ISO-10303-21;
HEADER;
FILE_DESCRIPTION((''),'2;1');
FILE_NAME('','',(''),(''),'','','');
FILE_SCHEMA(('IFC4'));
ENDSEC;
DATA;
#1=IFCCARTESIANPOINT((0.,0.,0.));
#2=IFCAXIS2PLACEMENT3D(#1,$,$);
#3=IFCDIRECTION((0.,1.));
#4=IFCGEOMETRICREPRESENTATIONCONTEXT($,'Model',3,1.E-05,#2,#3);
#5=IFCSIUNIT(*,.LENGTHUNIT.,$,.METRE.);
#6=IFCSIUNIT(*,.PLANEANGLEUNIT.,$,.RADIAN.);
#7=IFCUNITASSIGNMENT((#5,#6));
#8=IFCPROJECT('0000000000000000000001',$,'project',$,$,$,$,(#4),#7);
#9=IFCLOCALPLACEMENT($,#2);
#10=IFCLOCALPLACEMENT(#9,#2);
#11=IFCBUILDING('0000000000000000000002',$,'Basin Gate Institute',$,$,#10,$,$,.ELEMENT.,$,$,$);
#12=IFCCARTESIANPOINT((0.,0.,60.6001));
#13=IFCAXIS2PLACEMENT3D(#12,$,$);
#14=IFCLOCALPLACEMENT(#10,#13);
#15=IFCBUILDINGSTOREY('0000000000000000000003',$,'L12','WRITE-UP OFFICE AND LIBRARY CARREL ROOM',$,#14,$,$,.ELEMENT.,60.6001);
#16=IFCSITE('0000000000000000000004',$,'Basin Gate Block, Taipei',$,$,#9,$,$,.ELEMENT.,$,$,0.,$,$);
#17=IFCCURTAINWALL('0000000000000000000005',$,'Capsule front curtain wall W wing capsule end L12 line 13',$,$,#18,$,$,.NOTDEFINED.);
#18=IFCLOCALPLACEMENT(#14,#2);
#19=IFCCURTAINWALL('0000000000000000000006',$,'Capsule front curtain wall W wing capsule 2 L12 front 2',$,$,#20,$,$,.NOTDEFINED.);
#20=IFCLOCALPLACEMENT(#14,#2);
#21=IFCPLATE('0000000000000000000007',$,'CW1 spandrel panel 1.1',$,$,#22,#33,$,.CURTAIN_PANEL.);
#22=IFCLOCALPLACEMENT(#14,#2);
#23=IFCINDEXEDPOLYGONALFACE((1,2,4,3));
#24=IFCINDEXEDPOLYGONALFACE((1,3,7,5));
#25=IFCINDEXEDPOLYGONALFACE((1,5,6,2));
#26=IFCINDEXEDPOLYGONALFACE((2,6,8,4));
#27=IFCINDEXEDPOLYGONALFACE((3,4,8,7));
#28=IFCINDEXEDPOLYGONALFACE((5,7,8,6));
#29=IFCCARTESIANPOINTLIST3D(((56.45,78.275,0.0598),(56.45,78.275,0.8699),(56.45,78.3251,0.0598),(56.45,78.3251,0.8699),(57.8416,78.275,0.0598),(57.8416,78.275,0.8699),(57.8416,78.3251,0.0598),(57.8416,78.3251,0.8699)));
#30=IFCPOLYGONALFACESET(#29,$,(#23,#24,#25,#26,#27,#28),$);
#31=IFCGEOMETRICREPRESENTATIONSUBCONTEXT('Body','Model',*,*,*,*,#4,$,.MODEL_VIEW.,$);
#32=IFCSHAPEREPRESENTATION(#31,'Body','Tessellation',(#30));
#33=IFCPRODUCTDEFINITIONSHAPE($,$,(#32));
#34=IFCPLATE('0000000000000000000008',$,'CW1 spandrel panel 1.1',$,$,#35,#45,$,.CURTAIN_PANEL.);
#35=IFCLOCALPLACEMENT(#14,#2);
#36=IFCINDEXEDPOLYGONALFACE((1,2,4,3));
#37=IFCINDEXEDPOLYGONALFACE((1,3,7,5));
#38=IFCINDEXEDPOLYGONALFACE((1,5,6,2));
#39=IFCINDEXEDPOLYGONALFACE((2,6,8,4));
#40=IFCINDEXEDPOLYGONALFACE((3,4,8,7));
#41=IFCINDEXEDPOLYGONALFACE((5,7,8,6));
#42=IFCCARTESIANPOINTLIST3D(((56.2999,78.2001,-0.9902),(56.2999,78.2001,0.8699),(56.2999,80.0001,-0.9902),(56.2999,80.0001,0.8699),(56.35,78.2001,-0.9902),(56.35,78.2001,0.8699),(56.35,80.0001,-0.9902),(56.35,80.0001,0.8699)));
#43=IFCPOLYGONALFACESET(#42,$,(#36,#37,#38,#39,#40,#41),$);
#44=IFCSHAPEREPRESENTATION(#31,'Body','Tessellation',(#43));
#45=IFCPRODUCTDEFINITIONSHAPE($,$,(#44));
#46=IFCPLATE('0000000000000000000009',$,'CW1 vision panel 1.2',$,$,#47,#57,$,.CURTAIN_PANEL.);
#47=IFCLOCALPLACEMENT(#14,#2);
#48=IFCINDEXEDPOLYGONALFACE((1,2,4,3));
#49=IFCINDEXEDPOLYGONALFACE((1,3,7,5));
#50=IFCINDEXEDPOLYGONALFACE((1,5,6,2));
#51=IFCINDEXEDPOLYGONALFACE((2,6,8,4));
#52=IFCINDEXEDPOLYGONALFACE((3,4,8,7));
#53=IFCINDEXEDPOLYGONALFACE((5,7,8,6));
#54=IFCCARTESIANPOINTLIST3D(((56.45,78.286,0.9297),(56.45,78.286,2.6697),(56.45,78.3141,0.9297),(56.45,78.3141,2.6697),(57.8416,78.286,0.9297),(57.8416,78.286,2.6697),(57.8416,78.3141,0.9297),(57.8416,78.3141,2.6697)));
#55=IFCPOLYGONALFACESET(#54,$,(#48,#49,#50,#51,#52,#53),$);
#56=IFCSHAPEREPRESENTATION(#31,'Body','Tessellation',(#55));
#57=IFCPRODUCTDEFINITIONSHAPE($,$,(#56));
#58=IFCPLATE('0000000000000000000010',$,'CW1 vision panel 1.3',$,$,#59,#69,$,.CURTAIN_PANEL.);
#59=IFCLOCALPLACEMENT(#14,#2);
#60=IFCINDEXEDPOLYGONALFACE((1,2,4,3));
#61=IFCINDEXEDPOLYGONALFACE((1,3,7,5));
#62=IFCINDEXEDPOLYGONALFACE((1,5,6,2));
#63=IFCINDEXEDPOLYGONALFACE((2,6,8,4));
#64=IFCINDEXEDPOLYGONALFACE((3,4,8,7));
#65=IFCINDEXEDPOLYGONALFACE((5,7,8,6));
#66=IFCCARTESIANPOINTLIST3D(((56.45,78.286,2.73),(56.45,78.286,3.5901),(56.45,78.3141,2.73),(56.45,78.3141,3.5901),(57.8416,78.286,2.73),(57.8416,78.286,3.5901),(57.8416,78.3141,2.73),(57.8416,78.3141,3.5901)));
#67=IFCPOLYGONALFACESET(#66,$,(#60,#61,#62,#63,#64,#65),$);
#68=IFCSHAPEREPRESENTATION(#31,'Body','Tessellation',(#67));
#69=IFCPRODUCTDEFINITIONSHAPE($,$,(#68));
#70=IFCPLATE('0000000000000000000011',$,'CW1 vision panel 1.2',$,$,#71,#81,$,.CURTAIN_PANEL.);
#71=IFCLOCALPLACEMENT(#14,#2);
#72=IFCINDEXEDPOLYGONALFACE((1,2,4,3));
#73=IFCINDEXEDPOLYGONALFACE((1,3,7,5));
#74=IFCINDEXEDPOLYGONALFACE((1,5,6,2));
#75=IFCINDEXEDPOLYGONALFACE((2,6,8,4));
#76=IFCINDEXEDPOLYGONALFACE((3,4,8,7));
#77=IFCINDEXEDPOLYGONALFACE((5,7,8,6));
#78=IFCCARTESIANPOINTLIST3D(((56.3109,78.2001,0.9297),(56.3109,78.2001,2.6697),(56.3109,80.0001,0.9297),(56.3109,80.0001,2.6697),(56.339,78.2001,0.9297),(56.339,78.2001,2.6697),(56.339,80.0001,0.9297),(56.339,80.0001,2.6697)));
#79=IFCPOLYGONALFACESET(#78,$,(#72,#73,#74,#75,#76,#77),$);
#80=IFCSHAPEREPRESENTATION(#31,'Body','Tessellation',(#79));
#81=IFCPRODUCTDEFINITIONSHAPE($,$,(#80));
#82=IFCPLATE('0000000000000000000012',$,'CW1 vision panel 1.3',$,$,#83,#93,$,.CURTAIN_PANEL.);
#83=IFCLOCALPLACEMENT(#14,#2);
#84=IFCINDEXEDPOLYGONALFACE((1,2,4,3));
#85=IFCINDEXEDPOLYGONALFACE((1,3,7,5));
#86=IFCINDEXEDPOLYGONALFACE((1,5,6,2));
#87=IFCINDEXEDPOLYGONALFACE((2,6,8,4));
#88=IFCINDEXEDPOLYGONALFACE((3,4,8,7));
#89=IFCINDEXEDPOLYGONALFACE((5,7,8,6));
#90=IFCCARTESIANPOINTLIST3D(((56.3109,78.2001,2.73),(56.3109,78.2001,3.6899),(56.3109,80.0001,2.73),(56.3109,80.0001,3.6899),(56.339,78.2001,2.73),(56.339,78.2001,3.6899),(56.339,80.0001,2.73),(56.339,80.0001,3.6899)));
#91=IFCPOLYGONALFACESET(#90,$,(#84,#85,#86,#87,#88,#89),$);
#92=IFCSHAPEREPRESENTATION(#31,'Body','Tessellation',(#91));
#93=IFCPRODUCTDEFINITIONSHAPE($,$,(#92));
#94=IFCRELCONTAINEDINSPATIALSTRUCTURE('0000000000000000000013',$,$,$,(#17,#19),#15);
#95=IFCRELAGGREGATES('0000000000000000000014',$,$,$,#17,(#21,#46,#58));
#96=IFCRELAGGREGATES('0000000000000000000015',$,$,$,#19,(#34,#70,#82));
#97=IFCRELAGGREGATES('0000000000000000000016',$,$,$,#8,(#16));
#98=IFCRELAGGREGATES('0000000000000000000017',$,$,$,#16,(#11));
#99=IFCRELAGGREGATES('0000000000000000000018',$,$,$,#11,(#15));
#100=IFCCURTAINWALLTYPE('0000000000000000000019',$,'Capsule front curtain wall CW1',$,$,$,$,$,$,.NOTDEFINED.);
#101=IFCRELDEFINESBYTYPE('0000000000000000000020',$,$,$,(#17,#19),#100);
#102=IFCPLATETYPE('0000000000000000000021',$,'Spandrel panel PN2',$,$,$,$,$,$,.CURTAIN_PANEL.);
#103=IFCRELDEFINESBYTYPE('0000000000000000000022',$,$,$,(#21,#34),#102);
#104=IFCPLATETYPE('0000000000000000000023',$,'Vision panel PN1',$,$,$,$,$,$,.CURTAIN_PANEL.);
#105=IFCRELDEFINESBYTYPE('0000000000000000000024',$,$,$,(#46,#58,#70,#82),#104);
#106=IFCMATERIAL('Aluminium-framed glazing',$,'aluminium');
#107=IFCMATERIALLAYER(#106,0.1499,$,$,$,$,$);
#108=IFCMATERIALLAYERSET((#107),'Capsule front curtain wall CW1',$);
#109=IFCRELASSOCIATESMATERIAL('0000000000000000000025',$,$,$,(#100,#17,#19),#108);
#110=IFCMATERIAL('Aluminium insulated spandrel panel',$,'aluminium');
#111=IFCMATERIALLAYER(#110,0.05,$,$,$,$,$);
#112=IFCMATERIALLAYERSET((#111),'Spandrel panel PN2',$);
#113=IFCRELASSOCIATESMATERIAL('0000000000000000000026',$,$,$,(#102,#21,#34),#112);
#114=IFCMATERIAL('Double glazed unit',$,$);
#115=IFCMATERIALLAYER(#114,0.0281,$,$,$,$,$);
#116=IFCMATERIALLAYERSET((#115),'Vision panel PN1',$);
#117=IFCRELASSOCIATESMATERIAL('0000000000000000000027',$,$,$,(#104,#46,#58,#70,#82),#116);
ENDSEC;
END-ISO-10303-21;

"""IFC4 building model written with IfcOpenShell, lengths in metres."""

from ifc_helpers import new_model, si_unit, direction, frame, origin, origin_2d, place, context, subcontext, project, spatial, rectangle, extrude, material, layer, layer_set, type_object, element, aggregate, save


model = new_model("IFC4")

# Units and contexts
model_context = context("Model", 3, precision=1e-05, world=origin(), true_north=direction((0.0, 1.0)))
body_context = subcontext(model_context, "Body", "Model", "MODEL_VIEW")
ifc_project = project(units=[si_unit("LENGTHUNIT", "METRE"), si_unit("PLANEANGLEUNIT", "RADIAN")], contexts=[model_context])

# Site, building, storey
site_placement = place(None, origin())
site = spatial("IfcSite", under=ifc_project, at=site_placement, Name="Basin Gate Block, Taipei", CompositionType="ELEMENT", RefElevation=0.0)
building_placement = place(site_placement, origin())
building = spatial("IfcBuilding", under=site, at=building_placement, Name="Basin Gate Institute", CompositionType="ELEMENT")
storey_placement = place(building_placement, frame((0.0, 0.0, 60.6001)))
storey = spatial("IfcBuildingStorey", under=building, at=storey_placement, Name="L12", Description="WRITE-UP OFFICE AND LIBRARY CARREL ROOM", CompositionType="ELEMENT", Elevation=60.6001)

# Curtain walls
ifc_material_1 = material(Name="Aluminium-framed glazing", Category="aluminium")
ifc_layer_1 = layer(ifc_material_1, 0.1499)
ifc_layer_set_1 = layer_set([ifc_layer_1], Name="Capsule front curtain wall CW1")
curtain_wall_type = type_object("IfcCurtainWallType", Name="Capsule front curtain wall CW1", PredefinedType="NOTDEFINED", material=ifc_layer_set_1)
curtain_wall_1_placement = place(storey_placement, origin())
curtain_wall_1 = element("IfcCurtainWall", 1, at=curtain_wall_1_placement, inside=storey, type_object=curtain_wall_type, material=ifc_layer_set_1, Name="Capsule front curtain wall W wing capsule end L12 line 13", PredefinedType="NOTDEFINED")
curtain_wall_2_placement = place(storey_placement, origin())
curtain_wall_2 = element("IfcCurtainWall", 2, at=curtain_wall_2_placement, inside=storey, type_object=curtain_wall_type, material=ifc_layer_set_1, Name="Capsule front curtain wall W wing capsule 2 L12 front 2", PredefinedType="NOTDEFINED")

# Plates
ifc_material_2 = material(Name="Aluminium insulated spandrel panel", Category="aluminium")
ifc_layer_2 = layer(ifc_material_2, 0.05)
ifc_layer_set_2 = layer_set([ifc_layer_2], Name="Spandrel panel PN2")
plate_type_1 = type_object("IfcPlateType", Name="Spandrel panel PN2", PredefinedType="CURTAIN_PANEL", material=ifc_layer_set_2)
plate_1_placement = place(storey_placement, frame((57.1458, 78.3, 0.0598), z_axis=(0.0, 0.0, 1.0), x_axis=(1.0, 0.0, 0.0)))
plate_1 = element("IfcPlate", 3, at=plate_1_placement, type_object=plate_type_1, material=ifc_layer_set_2, Name="CW1 spandrel panel 1.1", PredefinedType="CURTAIN_PANEL", context=body_context, shape_type="SweptSolid", body=[
    extrude(rectangle(XDim=1.3916, YDim=0.05, at=origin_2d()), origin(), (0.0, 0.0, 1.0), 0.8101),
])
plate_2_placement = place(storey_placement, frame((56.325, 79.1001, -0.9902), z_axis=(0.0, 0.0, 1.0), x_axis=(0.0, 1.0, 0.0)))
plate_2 = element("IfcPlate", 4, at=plate_2_placement, type_object=plate_type_1, material=ifc_layer_set_2, Name="CW1 spandrel panel 1.1", PredefinedType="CURTAIN_PANEL", context=body_context, shape_type="SweptSolid", body=[
    extrude(rectangle(XDim=1.8, YDim=0.05, at=origin_2d()), origin(), (0.0, 0.0, 1.0), 1.8601),
])
ifc_material_3 = material(Name="Double glazed unit")
ifc_layer_3 = layer(ifc_material_3, 0.0281)
ifc_layer_set_3 = layer_set([ifc_layer_3], Name="Vision panel PN1")
plate_type_2 = type_object("IfcPlateType", Name="Vision panel PN1", PredefinedType="CURTAIN_PANEL", material=ifc_layer_set_3)
plate_3_placement = place(storey_placement, frame((57.1458, 78.3, 0.9297), z_axis=(0.0, 0.0, 1.0), x_axis=(1.0, 0.0, 0.0)))
plate_3 = element("IfcPlate", 5, at=plate_3_placement, type_object=plate_type_2, material=ifc_layer_set_3, Name="CW1 vision panel 1.2", PredefinedType="CURTAIN_PANEL", context=body_context, shape_type="SweptSolid", body=[
    extrude(rectangle(XDim=1.3916, YDim=0.0281, at=origin_2d()), origin(), (0.0, 0.0, 1.0), 1.74),
])
plate_4_placement = place(storey_placement, frame((57.1458, 78.3, 2.73), z_axis=(0.0, 0.0, 1.0), x_axis=(1.0, 0.0, 0.0)))
plate_4 = element("IfcPlate", 6, at=plate_4_placement, type_object=plate_type_2, material=ifc_layer_set_3, Name="CW1 vision panel 1.3", PredefinedType="CURTAIN_PANEL", context=body_context, shape_type="SweptSolid", body=[
    extrude(rectangle(XDim=1.3916, YDim=0.0281, at=origin_2d()), origin(), (0.0, 0.0, 1.0), 0.8601),
])
aggregate(curtain_wall_1, [plate_1, plate_3, plate_4])
plate_5_placement = place(storey_placement, frame((56.325, 79.1001, 0.9297), z_axis=(0.0, 0.0, 1.0), x_axis=(0.0, 1.0, 0.0)))
plate_5 = element("IfcPlate", 7, at=plate_5_placement, type_object=plate_type_2, material=ifc_layer_set_3, Name="CW1 vision panel 1.2", PredefinedType="CURTAIN_PANEL", context=body_context, shape_type="SweptSolid", body=[
    extrude(rectangle(XDim=1.8, YDim=0.0281, at=origin_2d()), origin(), (0.0, 0.0, 1.0), 1.74),
])
plate_6_placement = place(storey_placement, frame((56.325, 79.1001, 2.73), z_axis=(0.0, 0.0, 1.0), x_axis=(0.0, 1.0, 0.0)))
plate_6 = element("IfcPlate", 8, at=plate_6_placement, type_object=plate_type_2, material=ifc_layer_set_3, Name="CW1 vision panel 1.3", PredefinedType="CURTAIN_PANEL", context=body_context, shape_type="SweptSolid", body=[
    extrude(rectangle(XDim=1.8, YDim=0.0281, at=origin_2d()), origin(), (0.0, 0.0, 1.0), 0.96),
])
aggregate(curtain_wall_2, [plate_2, plate_5, plate_6])

save(model, "model.ifc")
